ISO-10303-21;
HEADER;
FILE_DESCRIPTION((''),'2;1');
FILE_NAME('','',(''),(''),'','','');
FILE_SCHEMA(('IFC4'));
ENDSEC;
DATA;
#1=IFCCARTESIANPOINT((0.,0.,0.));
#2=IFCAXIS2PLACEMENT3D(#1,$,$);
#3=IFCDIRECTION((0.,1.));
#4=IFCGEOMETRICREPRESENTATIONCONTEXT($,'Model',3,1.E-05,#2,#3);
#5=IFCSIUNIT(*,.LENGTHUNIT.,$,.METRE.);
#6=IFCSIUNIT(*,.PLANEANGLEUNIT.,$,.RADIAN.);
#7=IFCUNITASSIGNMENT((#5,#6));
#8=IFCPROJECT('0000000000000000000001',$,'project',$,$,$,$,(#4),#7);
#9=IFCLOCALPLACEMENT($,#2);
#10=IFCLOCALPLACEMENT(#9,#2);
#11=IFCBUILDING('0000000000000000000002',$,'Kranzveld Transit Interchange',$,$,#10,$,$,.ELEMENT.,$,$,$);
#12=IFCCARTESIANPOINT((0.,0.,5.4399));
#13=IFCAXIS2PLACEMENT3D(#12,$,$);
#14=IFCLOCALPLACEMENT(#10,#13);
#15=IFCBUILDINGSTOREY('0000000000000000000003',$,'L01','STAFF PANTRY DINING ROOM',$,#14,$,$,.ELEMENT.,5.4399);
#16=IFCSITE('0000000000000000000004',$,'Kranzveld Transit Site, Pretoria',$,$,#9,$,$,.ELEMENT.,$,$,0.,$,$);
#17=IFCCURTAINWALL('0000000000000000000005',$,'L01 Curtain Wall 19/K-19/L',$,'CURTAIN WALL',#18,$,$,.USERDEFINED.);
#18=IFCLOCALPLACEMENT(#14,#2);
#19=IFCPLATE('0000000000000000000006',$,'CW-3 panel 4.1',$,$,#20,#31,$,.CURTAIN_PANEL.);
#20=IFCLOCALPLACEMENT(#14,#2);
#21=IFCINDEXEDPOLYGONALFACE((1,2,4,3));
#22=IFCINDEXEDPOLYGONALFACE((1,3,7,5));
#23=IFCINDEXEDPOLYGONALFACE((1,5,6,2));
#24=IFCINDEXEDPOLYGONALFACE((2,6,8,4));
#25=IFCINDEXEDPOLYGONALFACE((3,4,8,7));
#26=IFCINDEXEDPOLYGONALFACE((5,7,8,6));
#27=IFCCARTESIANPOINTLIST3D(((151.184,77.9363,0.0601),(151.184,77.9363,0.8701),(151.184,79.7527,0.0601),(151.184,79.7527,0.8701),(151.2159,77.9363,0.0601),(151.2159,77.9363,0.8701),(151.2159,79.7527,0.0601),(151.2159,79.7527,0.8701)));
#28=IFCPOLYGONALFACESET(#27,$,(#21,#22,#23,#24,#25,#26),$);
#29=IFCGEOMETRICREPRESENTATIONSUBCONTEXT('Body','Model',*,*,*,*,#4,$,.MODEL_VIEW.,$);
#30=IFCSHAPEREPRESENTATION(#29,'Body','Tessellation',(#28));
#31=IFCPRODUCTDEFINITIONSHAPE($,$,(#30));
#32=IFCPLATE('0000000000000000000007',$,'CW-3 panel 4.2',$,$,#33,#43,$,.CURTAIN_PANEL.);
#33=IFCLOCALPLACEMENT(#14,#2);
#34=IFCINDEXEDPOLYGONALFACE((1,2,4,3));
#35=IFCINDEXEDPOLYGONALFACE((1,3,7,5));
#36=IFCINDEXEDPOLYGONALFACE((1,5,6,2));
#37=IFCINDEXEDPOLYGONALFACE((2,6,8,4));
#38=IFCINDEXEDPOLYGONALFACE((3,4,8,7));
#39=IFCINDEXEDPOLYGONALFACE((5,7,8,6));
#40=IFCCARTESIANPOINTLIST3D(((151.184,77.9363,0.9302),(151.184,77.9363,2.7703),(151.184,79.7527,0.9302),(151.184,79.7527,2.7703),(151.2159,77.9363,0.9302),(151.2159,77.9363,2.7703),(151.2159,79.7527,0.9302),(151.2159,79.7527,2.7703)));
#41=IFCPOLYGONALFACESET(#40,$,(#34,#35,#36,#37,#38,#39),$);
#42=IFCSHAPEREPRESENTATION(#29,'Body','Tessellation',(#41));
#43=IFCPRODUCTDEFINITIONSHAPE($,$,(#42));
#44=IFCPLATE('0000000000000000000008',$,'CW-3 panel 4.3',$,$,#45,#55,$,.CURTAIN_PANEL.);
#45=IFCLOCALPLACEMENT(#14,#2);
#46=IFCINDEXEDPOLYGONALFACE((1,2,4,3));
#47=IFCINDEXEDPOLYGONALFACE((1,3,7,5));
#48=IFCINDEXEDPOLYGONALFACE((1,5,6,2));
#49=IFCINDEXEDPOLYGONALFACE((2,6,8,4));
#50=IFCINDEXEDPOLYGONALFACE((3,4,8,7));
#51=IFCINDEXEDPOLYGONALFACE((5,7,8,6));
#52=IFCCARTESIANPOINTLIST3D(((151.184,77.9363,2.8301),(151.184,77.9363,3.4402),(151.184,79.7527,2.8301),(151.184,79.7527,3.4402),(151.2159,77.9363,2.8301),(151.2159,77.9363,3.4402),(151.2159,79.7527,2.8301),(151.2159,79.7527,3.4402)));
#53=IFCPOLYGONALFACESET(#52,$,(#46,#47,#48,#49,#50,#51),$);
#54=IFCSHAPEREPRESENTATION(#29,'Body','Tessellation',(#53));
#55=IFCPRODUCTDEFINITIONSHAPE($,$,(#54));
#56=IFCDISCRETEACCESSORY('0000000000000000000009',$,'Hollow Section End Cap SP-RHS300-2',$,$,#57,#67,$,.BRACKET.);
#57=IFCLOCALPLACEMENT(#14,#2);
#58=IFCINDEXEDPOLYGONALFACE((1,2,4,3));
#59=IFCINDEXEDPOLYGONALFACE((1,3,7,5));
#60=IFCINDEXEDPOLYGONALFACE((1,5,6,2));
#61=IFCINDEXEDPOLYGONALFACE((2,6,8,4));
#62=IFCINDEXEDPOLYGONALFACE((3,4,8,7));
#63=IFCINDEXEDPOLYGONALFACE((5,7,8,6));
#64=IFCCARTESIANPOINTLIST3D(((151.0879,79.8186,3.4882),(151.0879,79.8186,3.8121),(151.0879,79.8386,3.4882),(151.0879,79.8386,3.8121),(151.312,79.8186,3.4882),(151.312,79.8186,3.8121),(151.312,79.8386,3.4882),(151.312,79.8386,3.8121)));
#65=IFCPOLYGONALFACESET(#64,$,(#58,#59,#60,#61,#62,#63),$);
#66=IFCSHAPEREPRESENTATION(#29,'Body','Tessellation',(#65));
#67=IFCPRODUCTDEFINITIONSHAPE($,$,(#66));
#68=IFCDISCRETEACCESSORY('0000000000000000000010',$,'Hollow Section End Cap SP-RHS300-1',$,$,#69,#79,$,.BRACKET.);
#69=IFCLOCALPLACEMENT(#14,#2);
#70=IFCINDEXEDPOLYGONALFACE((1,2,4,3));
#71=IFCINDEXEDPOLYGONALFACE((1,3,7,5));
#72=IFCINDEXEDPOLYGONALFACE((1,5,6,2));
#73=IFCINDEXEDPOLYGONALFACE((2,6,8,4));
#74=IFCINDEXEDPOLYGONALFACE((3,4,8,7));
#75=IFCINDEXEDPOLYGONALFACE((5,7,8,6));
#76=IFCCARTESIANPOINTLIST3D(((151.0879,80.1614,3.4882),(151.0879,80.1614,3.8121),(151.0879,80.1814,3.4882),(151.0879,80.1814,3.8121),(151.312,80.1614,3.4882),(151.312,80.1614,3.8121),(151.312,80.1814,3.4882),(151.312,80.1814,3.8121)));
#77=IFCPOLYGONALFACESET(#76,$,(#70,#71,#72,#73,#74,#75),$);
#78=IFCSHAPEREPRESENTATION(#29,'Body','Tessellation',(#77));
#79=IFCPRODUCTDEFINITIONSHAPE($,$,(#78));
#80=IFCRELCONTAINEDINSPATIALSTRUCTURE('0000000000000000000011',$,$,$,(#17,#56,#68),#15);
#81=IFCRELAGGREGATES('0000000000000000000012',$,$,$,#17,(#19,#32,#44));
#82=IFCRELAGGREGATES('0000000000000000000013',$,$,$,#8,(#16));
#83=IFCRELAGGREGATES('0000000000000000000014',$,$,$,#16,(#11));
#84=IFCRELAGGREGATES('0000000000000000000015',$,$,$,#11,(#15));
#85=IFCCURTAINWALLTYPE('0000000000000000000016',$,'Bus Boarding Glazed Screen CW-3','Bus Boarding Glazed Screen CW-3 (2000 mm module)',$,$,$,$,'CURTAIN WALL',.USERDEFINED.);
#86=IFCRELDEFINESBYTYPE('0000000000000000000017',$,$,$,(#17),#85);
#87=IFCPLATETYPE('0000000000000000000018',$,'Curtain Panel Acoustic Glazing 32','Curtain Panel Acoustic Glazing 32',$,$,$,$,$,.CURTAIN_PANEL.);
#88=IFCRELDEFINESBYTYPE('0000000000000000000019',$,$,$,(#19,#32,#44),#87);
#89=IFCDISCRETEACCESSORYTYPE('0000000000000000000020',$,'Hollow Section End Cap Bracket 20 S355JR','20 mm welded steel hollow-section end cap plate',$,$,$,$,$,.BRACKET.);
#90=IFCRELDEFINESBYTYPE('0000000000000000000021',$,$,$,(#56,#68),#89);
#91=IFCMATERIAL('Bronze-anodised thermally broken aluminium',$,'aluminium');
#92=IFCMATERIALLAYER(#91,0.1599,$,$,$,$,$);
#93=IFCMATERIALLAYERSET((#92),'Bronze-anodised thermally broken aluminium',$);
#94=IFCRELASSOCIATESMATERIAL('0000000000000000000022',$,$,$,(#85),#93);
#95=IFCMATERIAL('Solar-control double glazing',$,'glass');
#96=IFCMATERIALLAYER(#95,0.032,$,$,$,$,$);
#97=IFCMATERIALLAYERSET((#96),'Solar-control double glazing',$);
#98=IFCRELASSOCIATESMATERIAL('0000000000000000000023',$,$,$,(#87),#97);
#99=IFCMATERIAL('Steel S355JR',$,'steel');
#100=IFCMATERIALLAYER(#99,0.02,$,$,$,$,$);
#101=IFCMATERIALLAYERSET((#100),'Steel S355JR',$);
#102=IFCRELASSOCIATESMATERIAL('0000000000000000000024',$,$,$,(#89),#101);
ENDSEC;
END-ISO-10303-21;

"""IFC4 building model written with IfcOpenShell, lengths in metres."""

from ifc_helpers import new_model, si_unit, direction, frame, origin, origin_2d, place, context, subcontext, project, spatial, rectangle, extrude, material, layer, layer_set, type_object, element, aggregate, save


model = new_model("IFC4")

# Units and contexts
model_context = context("Model", 3, precision=1e-05, world=origin(), true_north=direction((0.0, 1.0)))
body_context = subcontext(model_context, "Body", "Model", "MODEL_VIEW")
ifc_project = project(units=[si_unit("LENGTHUNIT", "METRE"), si_unit("PLANEANGLEUNIT", "RADIAN")], contexts=[model_context])

# Site, building, storey
site_placement = place(None, origin())
site = spatial("IfcSite", under=ifc_project, at=site_placement, Name="Kranzveld Transit Site, Pretoria", CompositionType="ELEMENT", RefElevation=0.0)
building_placement = place(site_placement, origin())
building = spatial("IfcBuilding", under=site, at=building_placement, Name="Kranzveld Transit Interchange", CompositionType="ELEMENT")
storey_placement = place(building_placement, frame((0.0, 0.0, 5.4399)))
storey = spatial("IfcBuildingStorey", under=building, at=storey_placement, Name="L01", Description="STAFF PANTRY DINING ROOM", CompositionType="ELEMENT", Elevation=5.4399)

# Curtain wall
ifc_material_1 = material(Name="Bronze-anodised thermally broken aluminium", Category="aluminium")
ifc_layer_1 = layer(ifc_material_1, 0.1599)
ifc_layer_set_1 = layer_set([ifc_layer_1], Name="Bronze-anodised thermally broken aluminium")
curtain_wall_type_1 = type_object("IfcCurtainWallType", Name="Bus Boarding Glazed Screen CW-3", Description="Bus Boarding Glazed Screen CW-3 (2000 mm module)", ElementType="CURTAIN WALL", PredefinedType="USERDEFINED", material=ifc_layer_set_1)
curtain_wall_1_placement = place(storey_placement, origin())
curtain_wall_1 = element("IfcCurtainWall", 1, at=curtain_wall_1_placement, inside=storey, type_object=curtain_wall_type_1, Name="L01 Curtain Wall 19/K-19/L", ObjectType="CURTAIN WALL", PredefinedType="USERDEFINED")

# Plates
ifc_material_2 = material(Name="Solar-control double glazing", Category="glass")
ifc_layer_2 = layer(ifc_material_2, 0.032)
ifc_layer_set_2 = layer_set([ifc_layer_2], Name="Solar-control double glazing")
plate_type = type_object("IfcPlateType", Name="Curtain Panel Acoustic Glazing 32", Description="Curtain Panel Acoustic Glazing 32", PredefinedType="CURTAIN_PANEL", material=ifc_layer_set_2)
plate_1_placement = place(storey_placement, frame((151.2, 78.8445, 0.0601), z_axis=(0.0, 0.0, 1.0), x_axis=(0.0, 1.0, 0.0)))
plate_1 = element("IfcPlate", 2, at=plate_1_placement, type_object=plate_type, Name="CW-3 panel 4.1", PredefinedType="CURTAIN_PANEL", context=body_context, shape_type="SweptSolid", body=[
    extrude(rectangle(XDim=1.8164, YDim=0.032, at=origin_2d()), origin(), (0.0, 0.0, 1.0), 0.8101),
])
plate_2_placement = place(storey_placement, frame((151.2, 78.8445, 0.9302), z_axis=(0.0, 0.0, 1.0), x_axis=(0.0, 1.0, 0.0)))
plate_2 = element("IfcPlate", 3, at=plate_2_placement, type_object=plate_type, Name="CW-3 panel 4.2", PredefinedType="CURTAIN_PANEL", context=body_context, shape_type="SweptSolid", body=[
    extrude(rectangle(XDim=1.8164, YDim=0.032, at=origin_2d()), origin(), (0.0, 0.0, 1.0), 1.8401),
])
plate_3_placement = place(storey_placement, frame((151.2, 78.8445, 2.8301), z_axis=(0.0, 0.0, 1.0), x_axis=(0.0, 1.0, 0.0)))
plate_3 = element("IfcPlate", 4, at=plate_3_placement, type_object=plate_type, Name="CW-3 panel 4.3", PredefinedType="CURTAIN_PANEL", context=body_context, shape_type="SweptSolid", body=[
    extrude(rectangle(XDim=1.8164, YDim=0.032, at=origin_2d()), origin(), (0.0, 0.0, 1.0), 0.6101),
])
aggregate(curtain_wall_1, [plate_1, plate_2, plate_3])

# Discrete accessories
ifc_material_3 = material(Name="Steel S355JR", Category="steel")
ifc_layer_3 = layer(ifc_material_3, 0.02)
ifc_layer_set_3 = layer_set([ifc_layer_3], Name="Steel S355JR")
discrete_accessory_type = type_object("IfcDiscreteAccessoryType", Name="Hollow Section End Cap Bracket 20 S355JR", Description="20 mm welded steel hollow-section end cap plate", PredefinedType="BRACKET", material=ifc_layer_set_3)
for number, where, z_axis, x_axis, name in (
    (5, (151.2, 79.8186, 3.6501), (0.0, 1.0, 0.0), (-1.0, 0.0, 0.0), "Hollow Section End Cap SP-RHS300-2"),
    (6, (151.2, 80.1814, 3.6501), (0.0, -1.0, 0.0), (1.0, 0.0, 0.0), "Hollow Section End Cap SP-RHS300-1"),
):
    element("IfcDiscreteAccessory", number, at=place(storey_placement, frame(where, z_axis=z_axis, x_axis=x_axis)), inside=storey, type_object=discrete_accessory_type, Name=name, PredefinedType="BRACKET", context=body_context, shape_type="SweptSolid", body=[
        extrude(rectangle(XDim=0.2241, YDim=0.324, at=origin_2d()), origin(), (0.0, 0.0, 1.0), 0.02),
    ])

save(model, "model.ifc")
